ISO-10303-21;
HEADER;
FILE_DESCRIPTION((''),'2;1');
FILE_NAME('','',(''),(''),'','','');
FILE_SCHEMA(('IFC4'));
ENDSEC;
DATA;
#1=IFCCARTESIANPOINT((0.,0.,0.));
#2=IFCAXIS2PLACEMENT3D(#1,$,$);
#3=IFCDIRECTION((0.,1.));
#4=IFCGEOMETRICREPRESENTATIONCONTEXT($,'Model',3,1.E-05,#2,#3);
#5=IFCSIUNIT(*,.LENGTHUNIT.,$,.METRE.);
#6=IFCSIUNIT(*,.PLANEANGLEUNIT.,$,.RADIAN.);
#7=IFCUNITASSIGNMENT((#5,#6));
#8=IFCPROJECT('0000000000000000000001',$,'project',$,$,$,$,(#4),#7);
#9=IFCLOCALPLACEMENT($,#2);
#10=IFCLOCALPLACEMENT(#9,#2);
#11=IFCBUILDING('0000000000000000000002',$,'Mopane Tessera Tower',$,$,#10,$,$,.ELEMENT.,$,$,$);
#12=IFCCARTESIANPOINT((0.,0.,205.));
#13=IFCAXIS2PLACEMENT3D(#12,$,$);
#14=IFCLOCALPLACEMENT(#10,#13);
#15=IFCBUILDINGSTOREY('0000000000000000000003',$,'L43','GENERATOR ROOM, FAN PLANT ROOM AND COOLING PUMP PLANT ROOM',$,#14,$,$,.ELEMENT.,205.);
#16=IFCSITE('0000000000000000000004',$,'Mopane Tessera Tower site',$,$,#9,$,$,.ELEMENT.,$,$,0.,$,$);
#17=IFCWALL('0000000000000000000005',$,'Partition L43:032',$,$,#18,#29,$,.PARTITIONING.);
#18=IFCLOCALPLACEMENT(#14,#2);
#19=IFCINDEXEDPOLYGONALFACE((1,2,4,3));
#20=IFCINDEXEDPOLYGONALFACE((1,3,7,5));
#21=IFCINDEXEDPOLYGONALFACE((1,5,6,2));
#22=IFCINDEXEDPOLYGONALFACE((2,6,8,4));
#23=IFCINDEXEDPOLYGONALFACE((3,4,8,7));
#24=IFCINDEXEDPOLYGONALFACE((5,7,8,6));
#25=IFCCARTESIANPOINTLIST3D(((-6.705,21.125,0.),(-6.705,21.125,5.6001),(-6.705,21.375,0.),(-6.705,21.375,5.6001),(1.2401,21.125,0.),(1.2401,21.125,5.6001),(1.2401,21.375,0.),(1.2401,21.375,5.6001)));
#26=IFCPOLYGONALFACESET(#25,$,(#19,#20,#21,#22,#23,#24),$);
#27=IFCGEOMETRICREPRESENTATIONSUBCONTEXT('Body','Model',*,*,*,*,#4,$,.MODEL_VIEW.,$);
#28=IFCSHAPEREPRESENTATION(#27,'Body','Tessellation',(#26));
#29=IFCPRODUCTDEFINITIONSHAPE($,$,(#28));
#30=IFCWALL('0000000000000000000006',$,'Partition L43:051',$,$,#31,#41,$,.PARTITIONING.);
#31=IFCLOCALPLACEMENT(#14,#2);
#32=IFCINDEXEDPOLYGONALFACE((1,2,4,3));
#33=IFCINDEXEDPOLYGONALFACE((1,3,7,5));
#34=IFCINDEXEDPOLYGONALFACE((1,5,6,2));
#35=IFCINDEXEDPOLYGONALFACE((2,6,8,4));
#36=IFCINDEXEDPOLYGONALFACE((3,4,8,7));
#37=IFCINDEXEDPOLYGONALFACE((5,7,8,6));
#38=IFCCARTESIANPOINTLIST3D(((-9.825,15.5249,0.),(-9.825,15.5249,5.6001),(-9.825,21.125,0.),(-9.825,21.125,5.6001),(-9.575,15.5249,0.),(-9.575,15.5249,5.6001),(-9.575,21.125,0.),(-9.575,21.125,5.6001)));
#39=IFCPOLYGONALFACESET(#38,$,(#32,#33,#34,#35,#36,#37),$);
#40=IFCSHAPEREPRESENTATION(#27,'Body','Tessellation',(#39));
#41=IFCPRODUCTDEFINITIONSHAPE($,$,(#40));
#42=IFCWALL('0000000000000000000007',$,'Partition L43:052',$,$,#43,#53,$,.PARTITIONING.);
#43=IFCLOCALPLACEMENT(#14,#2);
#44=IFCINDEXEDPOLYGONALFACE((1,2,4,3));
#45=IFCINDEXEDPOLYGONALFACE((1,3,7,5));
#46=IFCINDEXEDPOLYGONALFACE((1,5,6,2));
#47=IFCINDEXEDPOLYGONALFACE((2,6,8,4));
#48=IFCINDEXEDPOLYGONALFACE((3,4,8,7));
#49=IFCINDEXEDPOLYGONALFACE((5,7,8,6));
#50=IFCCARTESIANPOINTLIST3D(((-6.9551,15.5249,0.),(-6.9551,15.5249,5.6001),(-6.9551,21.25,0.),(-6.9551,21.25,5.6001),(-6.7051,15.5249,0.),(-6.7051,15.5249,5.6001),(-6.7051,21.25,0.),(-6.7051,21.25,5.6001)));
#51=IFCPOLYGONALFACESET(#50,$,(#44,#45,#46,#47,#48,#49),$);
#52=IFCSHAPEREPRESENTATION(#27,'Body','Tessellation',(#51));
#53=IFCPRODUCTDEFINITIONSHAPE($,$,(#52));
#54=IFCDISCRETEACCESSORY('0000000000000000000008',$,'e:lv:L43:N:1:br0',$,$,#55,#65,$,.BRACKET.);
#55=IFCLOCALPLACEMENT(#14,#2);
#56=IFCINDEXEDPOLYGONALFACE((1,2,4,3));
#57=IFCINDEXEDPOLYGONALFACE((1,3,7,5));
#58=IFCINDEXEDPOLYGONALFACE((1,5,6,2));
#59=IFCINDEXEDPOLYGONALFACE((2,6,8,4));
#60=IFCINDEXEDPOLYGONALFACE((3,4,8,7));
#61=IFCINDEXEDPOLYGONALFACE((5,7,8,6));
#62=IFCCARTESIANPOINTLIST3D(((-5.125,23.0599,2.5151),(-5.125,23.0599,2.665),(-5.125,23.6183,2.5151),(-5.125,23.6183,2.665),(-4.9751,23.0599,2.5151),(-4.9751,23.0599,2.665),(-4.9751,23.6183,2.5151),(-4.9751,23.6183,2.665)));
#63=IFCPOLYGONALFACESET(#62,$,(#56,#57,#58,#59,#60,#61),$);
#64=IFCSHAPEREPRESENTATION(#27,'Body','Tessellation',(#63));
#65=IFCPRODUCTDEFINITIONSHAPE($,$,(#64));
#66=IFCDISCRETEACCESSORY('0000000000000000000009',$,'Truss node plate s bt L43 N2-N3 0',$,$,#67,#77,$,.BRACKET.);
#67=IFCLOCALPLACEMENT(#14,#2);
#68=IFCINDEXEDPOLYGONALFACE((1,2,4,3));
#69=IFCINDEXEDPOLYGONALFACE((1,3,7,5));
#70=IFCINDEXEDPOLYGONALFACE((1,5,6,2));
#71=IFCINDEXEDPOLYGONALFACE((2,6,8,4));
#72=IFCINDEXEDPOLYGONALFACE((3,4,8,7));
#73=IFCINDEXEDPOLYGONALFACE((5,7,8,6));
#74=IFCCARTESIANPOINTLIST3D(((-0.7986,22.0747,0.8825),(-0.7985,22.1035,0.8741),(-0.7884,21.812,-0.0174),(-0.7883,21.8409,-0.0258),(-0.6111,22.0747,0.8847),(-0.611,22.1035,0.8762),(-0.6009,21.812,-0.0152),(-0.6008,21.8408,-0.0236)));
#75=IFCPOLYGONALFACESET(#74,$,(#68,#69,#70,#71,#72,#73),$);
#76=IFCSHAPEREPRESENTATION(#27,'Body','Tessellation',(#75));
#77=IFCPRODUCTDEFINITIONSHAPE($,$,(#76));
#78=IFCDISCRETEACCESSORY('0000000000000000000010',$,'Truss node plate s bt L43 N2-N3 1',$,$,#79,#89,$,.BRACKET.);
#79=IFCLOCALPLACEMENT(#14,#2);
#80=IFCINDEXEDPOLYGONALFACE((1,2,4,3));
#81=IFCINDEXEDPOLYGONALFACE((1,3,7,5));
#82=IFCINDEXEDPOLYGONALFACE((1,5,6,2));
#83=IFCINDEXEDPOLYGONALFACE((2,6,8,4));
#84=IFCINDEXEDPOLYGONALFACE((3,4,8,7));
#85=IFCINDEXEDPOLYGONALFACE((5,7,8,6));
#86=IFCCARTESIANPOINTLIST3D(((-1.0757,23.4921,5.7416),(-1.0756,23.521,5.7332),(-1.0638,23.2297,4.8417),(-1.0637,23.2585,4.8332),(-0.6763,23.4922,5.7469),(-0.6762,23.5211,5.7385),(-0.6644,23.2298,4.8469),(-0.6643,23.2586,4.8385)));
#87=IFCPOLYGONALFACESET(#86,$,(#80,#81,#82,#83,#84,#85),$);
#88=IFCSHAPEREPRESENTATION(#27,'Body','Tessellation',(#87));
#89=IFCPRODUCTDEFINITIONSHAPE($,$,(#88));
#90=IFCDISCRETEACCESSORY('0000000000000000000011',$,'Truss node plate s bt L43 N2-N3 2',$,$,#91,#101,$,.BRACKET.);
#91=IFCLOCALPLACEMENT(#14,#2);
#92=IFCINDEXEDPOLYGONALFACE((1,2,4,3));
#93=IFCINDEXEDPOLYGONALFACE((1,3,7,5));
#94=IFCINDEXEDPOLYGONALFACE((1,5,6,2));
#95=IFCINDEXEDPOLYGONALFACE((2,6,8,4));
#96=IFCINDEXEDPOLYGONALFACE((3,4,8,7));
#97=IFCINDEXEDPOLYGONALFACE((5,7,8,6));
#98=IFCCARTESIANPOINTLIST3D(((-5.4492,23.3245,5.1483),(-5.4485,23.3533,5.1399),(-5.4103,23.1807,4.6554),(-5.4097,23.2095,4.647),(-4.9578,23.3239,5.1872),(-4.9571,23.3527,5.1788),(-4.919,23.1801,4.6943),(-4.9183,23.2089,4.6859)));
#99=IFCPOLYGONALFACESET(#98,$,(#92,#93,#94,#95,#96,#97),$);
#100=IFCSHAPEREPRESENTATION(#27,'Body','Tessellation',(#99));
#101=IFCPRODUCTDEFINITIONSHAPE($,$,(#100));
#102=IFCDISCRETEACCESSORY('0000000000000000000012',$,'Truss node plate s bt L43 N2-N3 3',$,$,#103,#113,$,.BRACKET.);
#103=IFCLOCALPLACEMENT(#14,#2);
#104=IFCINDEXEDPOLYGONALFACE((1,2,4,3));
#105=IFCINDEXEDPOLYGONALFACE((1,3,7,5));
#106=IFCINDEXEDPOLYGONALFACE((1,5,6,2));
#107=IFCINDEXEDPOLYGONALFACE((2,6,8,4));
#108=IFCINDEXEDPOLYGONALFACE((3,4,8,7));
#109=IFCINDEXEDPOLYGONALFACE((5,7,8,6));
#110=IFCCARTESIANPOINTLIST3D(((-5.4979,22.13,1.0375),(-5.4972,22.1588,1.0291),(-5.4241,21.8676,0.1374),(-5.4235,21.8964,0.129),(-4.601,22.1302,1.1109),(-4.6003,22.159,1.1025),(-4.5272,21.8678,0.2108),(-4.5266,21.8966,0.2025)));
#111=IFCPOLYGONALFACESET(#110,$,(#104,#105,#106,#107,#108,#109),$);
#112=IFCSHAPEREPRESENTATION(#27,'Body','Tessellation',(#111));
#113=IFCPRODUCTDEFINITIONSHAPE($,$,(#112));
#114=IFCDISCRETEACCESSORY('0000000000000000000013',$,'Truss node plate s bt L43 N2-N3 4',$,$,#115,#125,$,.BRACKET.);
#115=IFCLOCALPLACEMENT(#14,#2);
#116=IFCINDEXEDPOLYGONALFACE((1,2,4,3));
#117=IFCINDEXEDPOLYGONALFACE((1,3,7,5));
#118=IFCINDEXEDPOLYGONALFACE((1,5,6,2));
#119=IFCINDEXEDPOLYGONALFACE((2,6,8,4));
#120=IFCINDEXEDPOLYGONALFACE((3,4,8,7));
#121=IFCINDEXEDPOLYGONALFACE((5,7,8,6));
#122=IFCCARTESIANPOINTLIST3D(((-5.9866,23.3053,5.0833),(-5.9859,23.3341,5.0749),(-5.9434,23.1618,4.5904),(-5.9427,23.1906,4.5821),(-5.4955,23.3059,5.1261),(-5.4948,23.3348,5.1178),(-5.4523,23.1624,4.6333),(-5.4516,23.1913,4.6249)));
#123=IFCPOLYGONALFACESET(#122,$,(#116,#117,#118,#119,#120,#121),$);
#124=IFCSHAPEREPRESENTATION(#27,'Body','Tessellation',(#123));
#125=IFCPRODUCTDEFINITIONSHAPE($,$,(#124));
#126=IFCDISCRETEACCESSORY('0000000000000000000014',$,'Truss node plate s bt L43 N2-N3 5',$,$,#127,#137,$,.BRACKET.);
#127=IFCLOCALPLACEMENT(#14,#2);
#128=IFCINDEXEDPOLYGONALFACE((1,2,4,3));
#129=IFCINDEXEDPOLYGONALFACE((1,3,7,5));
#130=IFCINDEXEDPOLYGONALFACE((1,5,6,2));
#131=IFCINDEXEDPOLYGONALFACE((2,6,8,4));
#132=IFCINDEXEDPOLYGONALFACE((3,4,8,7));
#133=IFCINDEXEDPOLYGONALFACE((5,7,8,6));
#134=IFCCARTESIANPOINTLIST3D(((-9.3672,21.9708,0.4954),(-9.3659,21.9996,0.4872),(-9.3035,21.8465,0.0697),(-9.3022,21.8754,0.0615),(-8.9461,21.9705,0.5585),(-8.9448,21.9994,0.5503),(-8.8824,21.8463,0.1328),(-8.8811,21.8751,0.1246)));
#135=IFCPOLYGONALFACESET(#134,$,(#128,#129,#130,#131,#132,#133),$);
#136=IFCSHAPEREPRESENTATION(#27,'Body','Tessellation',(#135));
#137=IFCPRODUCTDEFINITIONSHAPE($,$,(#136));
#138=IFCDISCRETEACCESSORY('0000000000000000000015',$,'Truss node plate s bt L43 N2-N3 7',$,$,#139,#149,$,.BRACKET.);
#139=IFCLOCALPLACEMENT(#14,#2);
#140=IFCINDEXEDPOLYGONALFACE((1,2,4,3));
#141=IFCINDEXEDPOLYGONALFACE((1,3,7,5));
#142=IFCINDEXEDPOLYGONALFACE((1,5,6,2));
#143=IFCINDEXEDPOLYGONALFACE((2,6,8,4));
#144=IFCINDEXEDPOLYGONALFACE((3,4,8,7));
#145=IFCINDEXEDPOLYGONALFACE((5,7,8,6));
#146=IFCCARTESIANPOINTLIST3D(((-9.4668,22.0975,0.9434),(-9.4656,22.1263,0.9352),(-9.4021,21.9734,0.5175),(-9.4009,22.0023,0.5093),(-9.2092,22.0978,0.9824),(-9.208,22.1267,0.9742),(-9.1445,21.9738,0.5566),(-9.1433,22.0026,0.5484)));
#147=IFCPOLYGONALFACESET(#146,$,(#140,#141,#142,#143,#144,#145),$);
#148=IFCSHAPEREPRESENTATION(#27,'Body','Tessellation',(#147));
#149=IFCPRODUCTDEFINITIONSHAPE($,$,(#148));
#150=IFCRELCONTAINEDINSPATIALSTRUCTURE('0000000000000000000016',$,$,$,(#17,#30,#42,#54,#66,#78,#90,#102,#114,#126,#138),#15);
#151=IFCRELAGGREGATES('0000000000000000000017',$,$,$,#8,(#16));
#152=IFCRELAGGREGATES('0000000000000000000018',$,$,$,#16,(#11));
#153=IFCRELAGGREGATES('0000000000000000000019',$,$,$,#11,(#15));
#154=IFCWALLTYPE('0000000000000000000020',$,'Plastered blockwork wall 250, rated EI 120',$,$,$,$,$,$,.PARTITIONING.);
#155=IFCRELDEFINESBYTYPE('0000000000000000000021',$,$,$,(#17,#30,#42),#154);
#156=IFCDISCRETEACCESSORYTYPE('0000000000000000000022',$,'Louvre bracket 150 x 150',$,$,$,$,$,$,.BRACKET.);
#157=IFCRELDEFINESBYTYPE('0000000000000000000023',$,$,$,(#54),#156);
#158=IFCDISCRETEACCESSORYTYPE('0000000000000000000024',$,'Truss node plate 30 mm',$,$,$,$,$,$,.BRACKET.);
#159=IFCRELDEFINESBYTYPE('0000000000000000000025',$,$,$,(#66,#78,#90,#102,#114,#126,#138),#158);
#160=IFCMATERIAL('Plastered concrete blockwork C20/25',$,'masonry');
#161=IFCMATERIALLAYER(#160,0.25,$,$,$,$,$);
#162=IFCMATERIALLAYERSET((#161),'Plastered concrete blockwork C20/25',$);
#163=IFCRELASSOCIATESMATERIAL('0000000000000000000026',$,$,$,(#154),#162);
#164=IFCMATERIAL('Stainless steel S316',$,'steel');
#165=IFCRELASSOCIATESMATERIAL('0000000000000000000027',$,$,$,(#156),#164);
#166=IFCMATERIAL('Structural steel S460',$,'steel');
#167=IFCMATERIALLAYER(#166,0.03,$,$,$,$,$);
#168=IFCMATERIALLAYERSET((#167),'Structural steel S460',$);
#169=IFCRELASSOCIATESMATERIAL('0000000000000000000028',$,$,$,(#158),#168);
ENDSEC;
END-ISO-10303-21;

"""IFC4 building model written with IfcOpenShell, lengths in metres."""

from ifc_helpers import new_model, si_unit, direction, frame, frame_2d, origin, origin_2d, place, context, subcontext, project, spatial, rectangle, extrude, material, layer, layer_set, type_object, element, save


model = new_model("IFC4")

# Units and contexts
model_context = context("Model", 3, precision=1e-05, world=origin(), true_north=direction((0.0, 1.0)))
body_context = subcontext(model_context, "Body", "Model", "MODEL_VIEW")
ifc_project = project(units=[si_unit("LENGTHUNIT", "METRE"), si_unit("PLANEANGLEUNIT", "RADIAN")], contexts=[model_context])

# Site, building, storey
site_placement = place(None, origin())
site = spatial("IfcSite", under=ifc_project, at=site_placement, Name="Mopane Tessera Tower site", CompositionType="ELEMENT", RefElevation=0.0)
building_placement = place(site_placement, origin())
building = spatial("IfcBuilding", under=site, at=building_placement, Name="Mopane Tessera Tower", CompositionType="ELEMENT")
storey_placement = place(building_placement, frame((0.0, 0.0, 205.0)))
storey = spatial("IfcBuildingStorey", under=building, at=storey_placement, Name="L43", Description="GENERATOR ROOM, FAN PLANT ROOM AND COOLING PUMP PLANT ROOM", CompositionType="ELEMENT", Elevation=205.0)

# Walls
ifc_material_1 = material(Name="Plastered concrete blockwork C20/25", Category="masonry")
ifc_layer_1 = layer(ifc_material_1, 0.25)
ifc_layer_set_1 = layer_set([ifc_layer_1], Name="Plastered concrete blockwork C20/25")
wall_type = type_object("IfcWallType", Name="Plastered blockwork wall 250, rated EI 120", PredefinedType="PARTITIONING", material=ifc_layer_set_1)
wall_1_placement = place(storey_placement, frame((-6.7051, 21.25, 0.0), z_axis=(0.0, 0.0, 1.0), x_axis=(1.0, 0.0, 0.0)))
element("IfcWall", 1, at=wall_1_placement, inside=storey, type_object=wall_type, Name="Partition L43:032", PredefinedType="PARTITIONING", context=body_context, shape_type="SweptSolid", body=[
    extrude(rectangle(XDim=7.9451, YDim=0.25, at=frame_2d((3.9727, 0.0))), origin(), (0.0, 0.0, 1.0), 5.6001),
])
wall_2_placement = place(storey_placement, frame((-9.7, 15.5249, 0.0), z_axis=(0.0, 0.0, 1.0), x_axis=(0.0, 1.0, 0.0)))
element("IfcWall", 2, at=wall_2_placement, inside=storey, type_object=wall_type, Name="Partition L43:051", PredefinedType="PARTITIONING", context=body_context, shape_type="SweptSolid", body=[
    extrude(rectangle(XDim=5.6001, YDim=0.25, at=frame_2d((2.8, 0.0))), origin(), (0.0, 0.0, 1.0), 5.6001),
])
wall_3_placement = place(storey_placement, frame((-6.8301, 15.5249, 0.0), z_axis=(0.0, 0.0, 1.0), x_axis=(0.0, 1.0, 0.0)))
element("IfcWall", 3, at=wall_3_placement, inside=storey, type_object=wall_type, Name="Partition L43:052", PredefinedType="PARTITIONING", context=body_context, shape_type="SweptSolid", body=[
    extrude(rectangle(XDim=5.7251, YDim=0.25, at=frame_2d((2.8625, 0.0))), origin(), (0.0, 0.0, 1.0), 5.6001),
])

# Discrete accessories
ifc_material_2 = material(Name="Stainless steel S316", Category="steel")
discrete_accessory_type_1 = type_object("IfcDiscreteAccessoryType", Name="Louvre bracket 150 x 150", PredefinedType="BRACKET", material=ifc_material_2)
discrete_accessory_1_placement = place(storey_placement, frame((-5.05, 23.3391, 2.5151), z_axis=(0.0, 0.0, 1.0), x_axis=(0.0, 1.0, 0.0)))
element("IfcDiscreteAccessory", 4, at=discrete_accessory_1_placement, inside=storey, type_object=discrete_accessory_type_1, Name="e:lv:L43:N:1:br0", PredefinedType="BRACKET", context=body_context, shape_type="SweptSolid", body=[
    extrude(rectangle(XDim=0.5583, YDim=0.1499, at=origin_2d()), origin(), (0.0, 0.0, 1.0), 0.1499),
])
ifc_material_3 = material(Name="Structural steel S460", Category="steel")
ifc_layer_2 = layer(ifc_material_3, 0.03)
ifc_layer_set_2 = layer_set([ifc_layer_2], Name="Structural steel S460")
discrete_accessory_type_2 = type_object("IfcDiscreteAccessoryType", Name="Truss node plate 30 mm", PredefinedType="BRACKET", material=ifc_layer_set_2)
discrete_accessory_2_placement = place(storey_placement, frame((-0.6946, 21.8264, -0.0205), z_axis=(-0.010937, 0.280203, 0.959878), x_axis=(-0.003472, -0.959941, 0.280182)))
element("IfcDiscreteAccessory", 5, at=discrete_accessory_2_placement, inside=storey, type_object=discrete_accessory_type_2, Name="Truss node plate s bt L43 N2-N3 0", PredefinedType="BRACKET", context=body_context, shape_type="SweptSolid", body=[
    extrude(rectangle(XDim=0.03, YDim=0.1875, at=origin_2d()), origin(), (0.0, 0.0, 1.0), 0.9375),
])
discrete_accessory_3_placement = place(storey_placement, frame((-0.864, 23.2441, 4.8401), z_axis=(-0.012761, 0.279957, 0.959928), x_axis=(-0.003394, -0.960012, 0.279937)))
element("IfcDiscreteAccessory", 6, at=discrete_accessory_3_placement, inside=storey, type_object=discrete_accessory_type_2, Name="Truss node plate s bt L43 N2-N3 1", PredefinedType="BRACKET", context=body_context, shape_type="SweptSolid", body=[
    extrude(rectangle(XDim=0.03, YDim=0.3994, at=origin_2d()), origin(), (0.0, 0.0, 1.0), 0.9375),
])
discrete_accessory_4_placement = place(storey_placement, frame((-5.1643, 23.1948, 4.6707), z_axis=(-0.075385, 0.279258, 0.957252), x_axis=(-0.023197, -0.960215, 0.278295)))
element("IfcDiscreteAccessory", 7, at=discrete_accessory_4_placement, inside=storey, type_object=discrete_accessory_type_2, Name="Truss node plate s bt L43 N2-N3 2", PredefinedType="BRACKET", context=body_context, shape_type="SweptSolid", body=[
    extrude(rectangle(XDim=0.03, YDim=0.4929, at=origin_2d()), origin(), (0.0, 0.0, 1.0), 0.5149),
])
discrete_accessory_5_placement = place(storey_placement, frame((-4.9753, 21.8821, 0.1699), z_axis=(-0.078393, 0.279049, 0.957072), x_axis=(-0.022567, -0.960277, 0.278135)))
element("IfcDiscreteAccessory", 8, at=discrete_accessory_5_placement, inside=storey, type_object=discrete_accessory_type_2, Name="Truss node plate s bt L43 N2-N3 3", PredefinedType="BRACKET", context=body_context, shape_type="SweptSolid", body=[
    extrude(rectangle(XDim=0.03, YDim=0.8999, at=origin_2d()), origin(), (0.0, 0.0, 1.0), 0.9404),
])
discrete_accessory_6_placement = place(storey_placement, frame((-5.6975, 23.1765, 4.6077), z_axis=(-0.083874, 0.278631, 0.956729), x_axis=(-0.022986, -0.960397, 0.277685)))
element("IfcDiscreteAccessory", 9, at=discrete_accessory_6_placement, inside=storey, type_object=discrete_accessory_type_2, Name="Truss node plate s bt L43 N2-N3 4", PredefinedType="BRACKET", context=body_context, shape_type="SweptSolid", body=[
    extrude(rectangle(XDim=0.03, YDim=0.4929, at=origin_2d()), origin(), (0.0, 0.0, 1.0), 0.5151),
])
discrete_accessory_7_placement = place(storey_placement, frame((-9.0923, 21.8608, 0.0972), z_axis=(-0.142202, 0.277322, 0.950195), x_axis=(-0.04169, -0.960777, 0.274171)))
element("IfcDiscreteAccessory", 10, at=discrete_accessory_7_placement, inside=storey, type_object=discrete_accessory_type_2, Name="Truss node plate s bt L43 N2-N3 5", PredefinedType="BRACKET", context=body_context, shape_type="SweptSolid", body=[
    extrude(rectangle(XDim=0.03, YDim=0.4258, at=origin_2d()), origin(), (0.0, 0.0, 1.0), 0.448),
])
discrete_accessory_8_placement = place(storey_placement, frame((-9.2727, 21.988, 0.533), z_axis=(-0.144358, 0.276732, 0.950042), x_axis=(-0.040312, -0.960946, 0.273783)))
element("IfcDiscreteAccessory", 11, at=discrete_accessory_8_placement, inside=storey, type_object=discrete_accessory_type_2, Name="Truss node plate s bt L43 N2-N3 7", PredefinedType="BRACKET", context=body_context, shape_type="SweptSolid", body=[
    extrude(rectangle(XDim=0.03, YDim=0.2605, at=origin_2d()), origin(), (0.0, 0.0, 1.0), 0.4482),
])

save(model, "model.ifc")
